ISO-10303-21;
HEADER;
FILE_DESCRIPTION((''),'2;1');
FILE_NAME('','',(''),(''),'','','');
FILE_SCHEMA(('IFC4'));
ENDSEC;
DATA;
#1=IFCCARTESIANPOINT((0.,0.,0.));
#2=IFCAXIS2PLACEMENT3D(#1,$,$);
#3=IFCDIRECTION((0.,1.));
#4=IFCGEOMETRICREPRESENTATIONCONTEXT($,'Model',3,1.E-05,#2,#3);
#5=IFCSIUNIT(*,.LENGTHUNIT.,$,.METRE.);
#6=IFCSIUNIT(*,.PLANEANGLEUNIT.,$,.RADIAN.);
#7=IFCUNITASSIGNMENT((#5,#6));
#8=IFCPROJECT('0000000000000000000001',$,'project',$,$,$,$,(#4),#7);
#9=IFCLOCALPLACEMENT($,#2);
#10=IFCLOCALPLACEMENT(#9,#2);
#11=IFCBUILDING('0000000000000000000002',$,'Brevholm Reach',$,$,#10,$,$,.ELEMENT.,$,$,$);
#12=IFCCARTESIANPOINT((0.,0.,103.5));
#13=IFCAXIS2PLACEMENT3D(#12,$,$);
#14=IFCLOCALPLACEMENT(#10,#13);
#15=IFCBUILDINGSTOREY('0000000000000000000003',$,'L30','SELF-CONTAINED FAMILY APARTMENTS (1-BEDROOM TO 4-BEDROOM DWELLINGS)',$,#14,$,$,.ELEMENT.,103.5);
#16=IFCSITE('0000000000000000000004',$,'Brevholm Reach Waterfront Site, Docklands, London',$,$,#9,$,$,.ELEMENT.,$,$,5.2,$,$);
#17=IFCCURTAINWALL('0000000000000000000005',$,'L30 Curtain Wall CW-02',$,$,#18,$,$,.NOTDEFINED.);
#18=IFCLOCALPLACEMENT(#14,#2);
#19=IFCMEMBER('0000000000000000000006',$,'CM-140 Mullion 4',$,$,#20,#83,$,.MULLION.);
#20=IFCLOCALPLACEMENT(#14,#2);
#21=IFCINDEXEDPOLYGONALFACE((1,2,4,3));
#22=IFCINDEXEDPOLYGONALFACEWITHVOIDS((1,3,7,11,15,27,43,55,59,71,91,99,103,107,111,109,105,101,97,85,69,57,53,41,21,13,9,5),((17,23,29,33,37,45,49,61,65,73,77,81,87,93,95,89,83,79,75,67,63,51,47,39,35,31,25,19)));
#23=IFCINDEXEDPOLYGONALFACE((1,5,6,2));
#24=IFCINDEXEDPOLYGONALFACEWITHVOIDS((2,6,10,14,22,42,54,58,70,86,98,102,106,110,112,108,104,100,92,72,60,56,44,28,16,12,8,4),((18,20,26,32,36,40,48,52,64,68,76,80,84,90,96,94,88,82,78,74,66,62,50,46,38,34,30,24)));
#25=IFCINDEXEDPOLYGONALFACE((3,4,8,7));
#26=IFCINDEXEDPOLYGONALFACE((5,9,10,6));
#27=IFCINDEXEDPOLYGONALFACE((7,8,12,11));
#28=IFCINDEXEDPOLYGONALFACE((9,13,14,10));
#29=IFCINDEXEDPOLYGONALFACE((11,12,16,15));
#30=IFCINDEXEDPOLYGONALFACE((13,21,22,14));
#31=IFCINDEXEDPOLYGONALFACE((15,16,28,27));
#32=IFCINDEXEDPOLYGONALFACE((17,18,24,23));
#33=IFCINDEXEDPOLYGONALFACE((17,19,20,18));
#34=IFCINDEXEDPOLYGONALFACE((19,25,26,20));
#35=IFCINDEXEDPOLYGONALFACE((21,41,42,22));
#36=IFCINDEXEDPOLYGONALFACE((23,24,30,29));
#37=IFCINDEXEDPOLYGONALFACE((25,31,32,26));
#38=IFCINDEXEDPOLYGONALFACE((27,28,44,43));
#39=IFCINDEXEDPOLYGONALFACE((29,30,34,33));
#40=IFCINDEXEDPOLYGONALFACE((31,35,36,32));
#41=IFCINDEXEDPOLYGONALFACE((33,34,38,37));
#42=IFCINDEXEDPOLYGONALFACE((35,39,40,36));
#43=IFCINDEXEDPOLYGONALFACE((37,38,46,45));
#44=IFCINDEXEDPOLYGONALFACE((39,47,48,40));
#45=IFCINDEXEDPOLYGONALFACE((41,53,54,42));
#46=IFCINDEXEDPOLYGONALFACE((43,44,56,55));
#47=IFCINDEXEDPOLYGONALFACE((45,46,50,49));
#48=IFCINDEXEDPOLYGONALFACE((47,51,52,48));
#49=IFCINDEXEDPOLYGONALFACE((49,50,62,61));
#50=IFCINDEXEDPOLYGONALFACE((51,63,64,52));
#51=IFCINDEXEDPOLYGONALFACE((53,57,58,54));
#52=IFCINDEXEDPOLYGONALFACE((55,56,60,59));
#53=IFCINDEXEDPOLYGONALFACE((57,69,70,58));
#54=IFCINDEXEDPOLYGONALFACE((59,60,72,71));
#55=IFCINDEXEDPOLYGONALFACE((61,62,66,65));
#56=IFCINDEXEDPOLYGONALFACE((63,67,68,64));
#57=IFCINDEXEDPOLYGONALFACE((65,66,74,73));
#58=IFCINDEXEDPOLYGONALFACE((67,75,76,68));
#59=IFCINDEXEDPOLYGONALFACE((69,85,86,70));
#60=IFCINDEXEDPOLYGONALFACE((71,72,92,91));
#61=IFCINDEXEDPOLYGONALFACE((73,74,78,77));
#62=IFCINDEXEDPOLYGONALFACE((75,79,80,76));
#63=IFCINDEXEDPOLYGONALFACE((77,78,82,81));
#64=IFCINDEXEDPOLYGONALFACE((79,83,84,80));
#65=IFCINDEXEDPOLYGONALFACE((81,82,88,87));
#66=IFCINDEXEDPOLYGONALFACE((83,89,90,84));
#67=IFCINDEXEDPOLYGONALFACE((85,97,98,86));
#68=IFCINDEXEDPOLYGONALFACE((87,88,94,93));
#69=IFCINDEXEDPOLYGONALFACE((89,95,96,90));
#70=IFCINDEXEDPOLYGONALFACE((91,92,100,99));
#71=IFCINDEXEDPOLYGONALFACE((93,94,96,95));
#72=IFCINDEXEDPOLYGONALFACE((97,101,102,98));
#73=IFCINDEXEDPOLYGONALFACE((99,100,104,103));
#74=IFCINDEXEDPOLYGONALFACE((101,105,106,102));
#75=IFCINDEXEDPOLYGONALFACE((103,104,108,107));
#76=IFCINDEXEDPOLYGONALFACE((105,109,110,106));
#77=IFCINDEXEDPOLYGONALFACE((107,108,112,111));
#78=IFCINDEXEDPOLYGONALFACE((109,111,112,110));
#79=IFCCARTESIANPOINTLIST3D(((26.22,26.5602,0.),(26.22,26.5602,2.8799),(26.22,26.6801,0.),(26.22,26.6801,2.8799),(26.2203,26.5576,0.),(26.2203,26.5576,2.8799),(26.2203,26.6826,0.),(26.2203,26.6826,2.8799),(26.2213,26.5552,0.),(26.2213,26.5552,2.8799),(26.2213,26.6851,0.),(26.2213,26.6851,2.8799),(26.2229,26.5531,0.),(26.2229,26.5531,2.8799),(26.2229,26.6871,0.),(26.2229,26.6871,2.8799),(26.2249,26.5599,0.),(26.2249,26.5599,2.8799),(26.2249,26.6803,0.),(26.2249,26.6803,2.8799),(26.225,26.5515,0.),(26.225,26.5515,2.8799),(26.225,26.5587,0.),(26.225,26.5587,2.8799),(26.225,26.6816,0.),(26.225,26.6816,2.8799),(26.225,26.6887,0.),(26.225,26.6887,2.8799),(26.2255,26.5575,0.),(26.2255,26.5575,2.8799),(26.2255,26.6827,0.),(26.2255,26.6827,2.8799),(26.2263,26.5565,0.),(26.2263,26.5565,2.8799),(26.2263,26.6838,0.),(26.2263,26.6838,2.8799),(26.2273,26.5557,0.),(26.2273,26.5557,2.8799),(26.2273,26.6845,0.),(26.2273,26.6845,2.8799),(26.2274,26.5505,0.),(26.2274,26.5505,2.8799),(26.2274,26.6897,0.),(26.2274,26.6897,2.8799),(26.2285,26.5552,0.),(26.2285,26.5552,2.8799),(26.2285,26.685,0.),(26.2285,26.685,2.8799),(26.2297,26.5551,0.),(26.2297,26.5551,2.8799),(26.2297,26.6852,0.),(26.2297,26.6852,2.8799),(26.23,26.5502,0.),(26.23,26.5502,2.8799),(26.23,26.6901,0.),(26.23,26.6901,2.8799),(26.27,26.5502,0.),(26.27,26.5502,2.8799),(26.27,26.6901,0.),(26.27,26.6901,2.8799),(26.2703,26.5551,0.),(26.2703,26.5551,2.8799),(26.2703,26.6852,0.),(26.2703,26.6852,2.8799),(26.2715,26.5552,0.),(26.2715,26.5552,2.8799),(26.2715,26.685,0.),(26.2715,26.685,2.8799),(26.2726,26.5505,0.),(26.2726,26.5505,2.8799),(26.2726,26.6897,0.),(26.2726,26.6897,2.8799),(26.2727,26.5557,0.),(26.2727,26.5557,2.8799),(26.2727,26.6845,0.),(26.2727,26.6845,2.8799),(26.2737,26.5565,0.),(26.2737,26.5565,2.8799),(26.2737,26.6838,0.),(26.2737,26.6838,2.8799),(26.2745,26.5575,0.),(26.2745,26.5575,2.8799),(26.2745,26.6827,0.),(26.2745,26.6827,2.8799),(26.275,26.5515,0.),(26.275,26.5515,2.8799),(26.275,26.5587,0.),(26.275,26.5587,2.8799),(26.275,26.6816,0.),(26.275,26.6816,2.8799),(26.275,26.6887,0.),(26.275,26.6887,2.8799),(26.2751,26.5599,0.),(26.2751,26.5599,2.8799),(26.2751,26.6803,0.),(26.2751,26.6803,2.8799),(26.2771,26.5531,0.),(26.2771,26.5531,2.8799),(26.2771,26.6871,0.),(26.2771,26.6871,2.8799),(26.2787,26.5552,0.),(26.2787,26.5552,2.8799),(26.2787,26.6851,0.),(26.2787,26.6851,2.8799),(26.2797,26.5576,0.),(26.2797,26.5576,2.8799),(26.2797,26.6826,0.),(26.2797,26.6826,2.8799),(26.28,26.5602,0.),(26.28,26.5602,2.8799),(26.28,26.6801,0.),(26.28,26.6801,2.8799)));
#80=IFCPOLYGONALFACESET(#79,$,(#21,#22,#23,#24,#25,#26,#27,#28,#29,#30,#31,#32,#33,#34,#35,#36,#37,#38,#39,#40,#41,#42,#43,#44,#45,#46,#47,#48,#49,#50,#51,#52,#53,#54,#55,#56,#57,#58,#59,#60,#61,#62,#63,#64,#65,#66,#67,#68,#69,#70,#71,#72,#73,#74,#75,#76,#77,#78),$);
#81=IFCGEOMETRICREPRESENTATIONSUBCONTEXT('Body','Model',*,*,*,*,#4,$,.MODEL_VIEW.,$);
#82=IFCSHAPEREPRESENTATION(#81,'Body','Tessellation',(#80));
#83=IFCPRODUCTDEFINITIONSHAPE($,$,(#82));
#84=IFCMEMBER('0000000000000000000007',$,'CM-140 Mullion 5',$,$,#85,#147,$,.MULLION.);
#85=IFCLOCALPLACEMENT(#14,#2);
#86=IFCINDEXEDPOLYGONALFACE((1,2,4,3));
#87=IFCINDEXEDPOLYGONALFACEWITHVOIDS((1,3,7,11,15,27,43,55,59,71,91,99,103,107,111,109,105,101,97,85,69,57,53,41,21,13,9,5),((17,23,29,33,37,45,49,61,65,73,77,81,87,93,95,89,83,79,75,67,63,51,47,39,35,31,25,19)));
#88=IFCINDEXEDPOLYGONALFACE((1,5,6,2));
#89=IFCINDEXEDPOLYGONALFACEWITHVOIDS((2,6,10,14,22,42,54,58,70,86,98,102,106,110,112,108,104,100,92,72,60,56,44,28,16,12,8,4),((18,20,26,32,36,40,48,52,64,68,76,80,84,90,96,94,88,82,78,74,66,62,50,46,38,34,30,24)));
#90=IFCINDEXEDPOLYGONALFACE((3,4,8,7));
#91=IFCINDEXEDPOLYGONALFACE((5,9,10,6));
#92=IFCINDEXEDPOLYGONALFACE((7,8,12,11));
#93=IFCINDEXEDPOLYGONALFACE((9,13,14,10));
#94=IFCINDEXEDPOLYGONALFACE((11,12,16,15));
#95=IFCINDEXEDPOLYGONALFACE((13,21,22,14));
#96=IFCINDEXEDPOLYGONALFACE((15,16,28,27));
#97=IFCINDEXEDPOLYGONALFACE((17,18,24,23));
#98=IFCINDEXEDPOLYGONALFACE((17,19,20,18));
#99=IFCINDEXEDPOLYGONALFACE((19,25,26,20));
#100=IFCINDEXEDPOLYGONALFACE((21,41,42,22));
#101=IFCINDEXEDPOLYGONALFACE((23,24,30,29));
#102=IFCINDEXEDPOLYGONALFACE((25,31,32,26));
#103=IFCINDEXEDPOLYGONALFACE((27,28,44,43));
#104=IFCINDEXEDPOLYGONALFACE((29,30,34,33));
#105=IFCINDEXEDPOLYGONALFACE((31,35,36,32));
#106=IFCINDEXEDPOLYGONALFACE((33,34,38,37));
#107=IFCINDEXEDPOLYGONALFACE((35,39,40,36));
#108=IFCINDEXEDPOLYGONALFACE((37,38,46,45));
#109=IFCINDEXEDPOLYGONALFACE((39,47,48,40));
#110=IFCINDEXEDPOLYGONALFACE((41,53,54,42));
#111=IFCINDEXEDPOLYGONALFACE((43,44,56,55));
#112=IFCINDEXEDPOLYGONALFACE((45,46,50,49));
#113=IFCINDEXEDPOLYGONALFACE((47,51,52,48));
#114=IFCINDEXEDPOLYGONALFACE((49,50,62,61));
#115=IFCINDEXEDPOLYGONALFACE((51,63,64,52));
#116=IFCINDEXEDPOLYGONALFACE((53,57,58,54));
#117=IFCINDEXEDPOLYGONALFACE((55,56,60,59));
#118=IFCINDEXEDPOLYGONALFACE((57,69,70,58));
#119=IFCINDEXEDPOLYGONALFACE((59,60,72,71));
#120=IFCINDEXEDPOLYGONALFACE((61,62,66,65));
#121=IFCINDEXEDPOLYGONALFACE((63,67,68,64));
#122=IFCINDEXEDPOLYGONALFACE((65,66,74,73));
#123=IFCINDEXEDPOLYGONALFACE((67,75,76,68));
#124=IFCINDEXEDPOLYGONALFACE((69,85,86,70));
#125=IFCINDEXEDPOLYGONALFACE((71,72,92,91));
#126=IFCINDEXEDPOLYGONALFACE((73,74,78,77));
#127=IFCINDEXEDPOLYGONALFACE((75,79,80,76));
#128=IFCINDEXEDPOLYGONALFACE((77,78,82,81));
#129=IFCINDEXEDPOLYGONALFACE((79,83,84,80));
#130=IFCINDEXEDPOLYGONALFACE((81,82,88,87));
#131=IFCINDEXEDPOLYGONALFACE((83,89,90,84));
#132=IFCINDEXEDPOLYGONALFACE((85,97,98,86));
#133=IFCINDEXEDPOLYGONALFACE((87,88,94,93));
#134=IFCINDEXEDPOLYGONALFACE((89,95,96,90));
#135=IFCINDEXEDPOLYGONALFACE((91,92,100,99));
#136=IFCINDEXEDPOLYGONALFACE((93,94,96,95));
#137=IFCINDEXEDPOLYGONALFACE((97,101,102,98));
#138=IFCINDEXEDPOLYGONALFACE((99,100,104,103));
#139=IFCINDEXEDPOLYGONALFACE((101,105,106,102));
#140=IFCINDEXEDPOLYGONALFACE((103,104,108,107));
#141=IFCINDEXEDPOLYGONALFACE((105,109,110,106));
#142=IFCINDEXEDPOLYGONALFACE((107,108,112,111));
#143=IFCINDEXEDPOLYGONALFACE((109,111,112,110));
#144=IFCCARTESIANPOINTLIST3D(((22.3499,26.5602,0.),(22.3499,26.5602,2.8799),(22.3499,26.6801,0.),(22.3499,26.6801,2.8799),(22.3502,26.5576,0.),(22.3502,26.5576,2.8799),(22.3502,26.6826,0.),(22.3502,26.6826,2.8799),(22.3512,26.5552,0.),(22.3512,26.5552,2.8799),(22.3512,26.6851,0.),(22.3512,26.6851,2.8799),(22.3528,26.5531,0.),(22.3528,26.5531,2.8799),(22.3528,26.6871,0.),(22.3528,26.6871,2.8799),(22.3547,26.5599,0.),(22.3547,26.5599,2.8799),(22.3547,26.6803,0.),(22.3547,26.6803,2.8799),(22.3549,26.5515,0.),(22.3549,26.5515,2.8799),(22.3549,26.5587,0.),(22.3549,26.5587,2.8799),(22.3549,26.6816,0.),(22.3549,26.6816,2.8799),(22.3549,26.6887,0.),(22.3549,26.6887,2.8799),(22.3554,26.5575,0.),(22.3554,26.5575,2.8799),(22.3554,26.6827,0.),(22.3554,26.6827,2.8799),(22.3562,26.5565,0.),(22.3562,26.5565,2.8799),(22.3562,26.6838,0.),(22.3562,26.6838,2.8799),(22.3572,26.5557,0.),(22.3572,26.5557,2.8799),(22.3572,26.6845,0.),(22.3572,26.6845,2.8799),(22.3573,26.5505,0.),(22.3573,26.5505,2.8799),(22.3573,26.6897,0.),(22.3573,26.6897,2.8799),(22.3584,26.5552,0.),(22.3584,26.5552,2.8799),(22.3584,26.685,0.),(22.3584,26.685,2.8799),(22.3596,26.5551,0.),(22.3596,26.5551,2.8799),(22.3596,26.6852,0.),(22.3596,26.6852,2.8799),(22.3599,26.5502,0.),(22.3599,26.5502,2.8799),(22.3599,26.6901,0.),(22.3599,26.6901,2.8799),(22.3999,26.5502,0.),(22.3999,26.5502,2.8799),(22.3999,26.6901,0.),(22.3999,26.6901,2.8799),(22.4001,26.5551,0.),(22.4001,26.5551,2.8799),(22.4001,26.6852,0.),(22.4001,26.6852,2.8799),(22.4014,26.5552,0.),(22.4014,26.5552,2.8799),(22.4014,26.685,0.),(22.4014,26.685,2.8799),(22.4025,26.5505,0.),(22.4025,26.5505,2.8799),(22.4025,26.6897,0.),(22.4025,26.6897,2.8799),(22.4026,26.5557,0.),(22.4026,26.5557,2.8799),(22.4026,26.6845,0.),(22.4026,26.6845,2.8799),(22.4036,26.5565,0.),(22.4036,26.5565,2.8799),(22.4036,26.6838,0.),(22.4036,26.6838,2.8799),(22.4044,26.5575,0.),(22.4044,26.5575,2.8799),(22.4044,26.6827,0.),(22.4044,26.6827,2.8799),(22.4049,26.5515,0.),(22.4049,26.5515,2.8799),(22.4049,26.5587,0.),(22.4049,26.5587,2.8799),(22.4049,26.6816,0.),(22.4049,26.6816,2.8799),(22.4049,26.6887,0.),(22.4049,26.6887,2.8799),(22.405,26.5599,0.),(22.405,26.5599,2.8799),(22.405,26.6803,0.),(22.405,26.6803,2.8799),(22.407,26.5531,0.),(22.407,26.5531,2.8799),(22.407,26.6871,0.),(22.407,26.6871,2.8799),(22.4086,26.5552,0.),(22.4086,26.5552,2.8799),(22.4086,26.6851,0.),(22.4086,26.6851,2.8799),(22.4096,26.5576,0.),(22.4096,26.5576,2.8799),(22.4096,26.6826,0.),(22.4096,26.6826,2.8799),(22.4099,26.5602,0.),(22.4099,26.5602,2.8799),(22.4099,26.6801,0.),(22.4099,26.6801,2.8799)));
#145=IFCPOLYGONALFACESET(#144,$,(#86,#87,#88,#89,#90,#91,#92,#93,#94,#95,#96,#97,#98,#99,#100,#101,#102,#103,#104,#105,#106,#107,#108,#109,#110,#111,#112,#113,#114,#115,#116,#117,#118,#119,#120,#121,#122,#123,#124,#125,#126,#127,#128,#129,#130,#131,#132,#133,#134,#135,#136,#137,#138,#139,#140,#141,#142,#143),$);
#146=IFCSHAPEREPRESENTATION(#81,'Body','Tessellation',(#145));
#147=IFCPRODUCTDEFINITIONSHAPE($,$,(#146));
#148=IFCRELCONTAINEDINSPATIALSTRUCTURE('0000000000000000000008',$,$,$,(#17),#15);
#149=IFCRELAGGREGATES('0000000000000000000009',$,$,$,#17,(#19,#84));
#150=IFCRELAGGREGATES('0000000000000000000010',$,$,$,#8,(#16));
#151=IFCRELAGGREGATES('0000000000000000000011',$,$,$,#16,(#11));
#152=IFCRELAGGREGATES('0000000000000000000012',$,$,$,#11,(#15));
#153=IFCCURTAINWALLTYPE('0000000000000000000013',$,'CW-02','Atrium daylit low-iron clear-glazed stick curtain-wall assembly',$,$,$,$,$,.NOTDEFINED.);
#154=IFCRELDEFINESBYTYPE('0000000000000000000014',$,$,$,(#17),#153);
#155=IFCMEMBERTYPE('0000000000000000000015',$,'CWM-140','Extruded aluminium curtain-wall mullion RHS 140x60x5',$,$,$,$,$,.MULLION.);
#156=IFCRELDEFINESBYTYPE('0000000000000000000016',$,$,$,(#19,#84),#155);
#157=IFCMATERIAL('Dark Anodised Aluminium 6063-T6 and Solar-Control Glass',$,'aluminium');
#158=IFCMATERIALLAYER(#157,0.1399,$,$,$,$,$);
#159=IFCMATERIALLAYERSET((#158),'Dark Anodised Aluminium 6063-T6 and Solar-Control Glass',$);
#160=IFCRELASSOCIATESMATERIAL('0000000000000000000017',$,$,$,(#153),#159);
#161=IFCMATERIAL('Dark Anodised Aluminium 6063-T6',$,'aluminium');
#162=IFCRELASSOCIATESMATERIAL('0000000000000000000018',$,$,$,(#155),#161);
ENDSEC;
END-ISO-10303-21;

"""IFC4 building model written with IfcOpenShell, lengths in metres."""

from ifc_helpers import new_model, si_unit, direction, frame, origin, origin_2d, place, context, subcontext, project, spatial, hollow_rectangle, extrude, material, layer, layer_set, material_profile, profile_set, type_object, element, aggregate, save


model = new_model("IFC4")

# Units and contexts
model_context = context("Model", 3, precision=1e-05, world=origin(), true_north=direction((0.0, 1.0)))
body_context = subcontext(model_context, "Body", "Model", "MODEL_VIEW")
ifc_project = project(units=[si_unit("LENGTHUNIT", "METRE"), si_unit("PLANEANGLEUNIT", "RADIAN")], contexts=[model_context])

# Site, building, storey
site_placement = place(None, origin())
site = spatial("IfcSite", under=ifc_project, at=site_placement, Name="Brevholm Reach Waterfront Site, Docklands, London", CompositionType="ELEMENT", RefElevation=5.2)
building_placement = place(site_placement, origin())
building = spatial("IfcBuilding", under=site, at=building_placement, Name="Brevholm Reach", CompositionType="ELEMENT")
storey_placement = place(building_placement, frame((0.0, 0.0, 103.5)))
storey = spatial("IfcBuildingStorey", under=building, at=storey_placement, Name="L30", Description="SELF-CONTAINED FAMILY APARTMENTS (1-BEDROOM TO 4-BEDROOM DWELLINGS)", CompositionType="ELEMENT", Elevation=103.5)

# Curtain wall, members
ifc_material_1 = material(Name="Dark Anodised Aluminium 6063-T6 and Solar-Control Glass", Category="aluminium")
ifc_layer_1 = layer(ifc_material_1, 0.1399)
ifc_layer_set_1 = layer_set([ifc_layer_1], Name="Dark Anodised Aluminium 6063-T6 and Solar-Control Glass")
curtain_wall_type_1 = type_object("IfcCurtainWallType", Name="CW-02", Description="Atrium daylit low-iron clear-glazed stick curtain-wall assembly", PredefinedType="NOTDEFINED", material=ifc_layer_set_1)
curtain_wall_1_placement = place(storey_placement, origin())
curtain_wall_1 = element("IfcCurtainWall", 1, at=curtain_wall_1_placement, inside=storey, type_object=curtain_wall_type_1, Name="L30 Curtain Wall CW-02", PredefinedType="NOTDEFINED")
ifc_material_2 = material(Name="Dark Anodised Aluminium 6063-T6", Category="aluminium")
ifc_material_profile_1 = material_profile(ifc_material_2, hollow_rectangle(XDim=0.0601, YDim=0.1399, WallThickness=0.0049, InnerFilletRadius=0.0049, OuterFilletRadius=0.01, at=origin_2d()), Name="RHS 140x60x5")
ifc_profile_set_1 = profile_set([ifc_material_profile_1], Name="Dark Anodised Aluminium 6063-T6")
member_type_1 = type_object("IfcMemberType", Name="CWM-140", Description="Extruded aluminium curtain-wall mullion RHS 140x60x5", PredefinedType="MULLION", material=ifc_profile_set_1)
member_1_placement = place(storey_placement, frame((26.25, 26.6201, 0.0), z_axis=(0.0, 0.0, 1.0), x_axis=(-1.0, 0.0, 0.0)))
member_1 = element("IfcMember", 2, at=member_1_placement, type_object=member_type_1, Name="CM-140 Mullion 4", PredefinedType="MULLION", context=body_context, shape_type="SweptSolid", body=[
    extrude(hollow_rectangle(XDim=0.0601, YDim=0.1399, WallThickness=0.0049, InnerFilletRadius=0.0049, OuterFilletRadius=0.01, at=origin_2d()), origin(), (0.0, 0.0, 1.0), 2.8799),
])
member_2_placement = place(storey_placement, frame((22.3799, 26.6201, 0.0), z_axis=(0.0, 0.0, 1.0), x_axis=(-1.0, 0.0, 0.0)))
member_2 = element("IfcMember", 3, at=member_2_placement, type_object=member_type_1, Name="CM-140 Mullion 5", PredefinedType="MULLION", context=body_context, shape_type="SweptSolid", body=[
    extrude(hollow_rectangle(XDim=0.0601, YDim=0.1399, WallThickness=0.0049, InnerFilletRadius=0.0049, OuterFilletRadius=0.01, at=origin_2d()), origin(), (0.0, 0.0, 1.0), 2.8799),
])

aggregate(curtain_wall_1, [member_1, member_2])

save(model, "model.ifc")
